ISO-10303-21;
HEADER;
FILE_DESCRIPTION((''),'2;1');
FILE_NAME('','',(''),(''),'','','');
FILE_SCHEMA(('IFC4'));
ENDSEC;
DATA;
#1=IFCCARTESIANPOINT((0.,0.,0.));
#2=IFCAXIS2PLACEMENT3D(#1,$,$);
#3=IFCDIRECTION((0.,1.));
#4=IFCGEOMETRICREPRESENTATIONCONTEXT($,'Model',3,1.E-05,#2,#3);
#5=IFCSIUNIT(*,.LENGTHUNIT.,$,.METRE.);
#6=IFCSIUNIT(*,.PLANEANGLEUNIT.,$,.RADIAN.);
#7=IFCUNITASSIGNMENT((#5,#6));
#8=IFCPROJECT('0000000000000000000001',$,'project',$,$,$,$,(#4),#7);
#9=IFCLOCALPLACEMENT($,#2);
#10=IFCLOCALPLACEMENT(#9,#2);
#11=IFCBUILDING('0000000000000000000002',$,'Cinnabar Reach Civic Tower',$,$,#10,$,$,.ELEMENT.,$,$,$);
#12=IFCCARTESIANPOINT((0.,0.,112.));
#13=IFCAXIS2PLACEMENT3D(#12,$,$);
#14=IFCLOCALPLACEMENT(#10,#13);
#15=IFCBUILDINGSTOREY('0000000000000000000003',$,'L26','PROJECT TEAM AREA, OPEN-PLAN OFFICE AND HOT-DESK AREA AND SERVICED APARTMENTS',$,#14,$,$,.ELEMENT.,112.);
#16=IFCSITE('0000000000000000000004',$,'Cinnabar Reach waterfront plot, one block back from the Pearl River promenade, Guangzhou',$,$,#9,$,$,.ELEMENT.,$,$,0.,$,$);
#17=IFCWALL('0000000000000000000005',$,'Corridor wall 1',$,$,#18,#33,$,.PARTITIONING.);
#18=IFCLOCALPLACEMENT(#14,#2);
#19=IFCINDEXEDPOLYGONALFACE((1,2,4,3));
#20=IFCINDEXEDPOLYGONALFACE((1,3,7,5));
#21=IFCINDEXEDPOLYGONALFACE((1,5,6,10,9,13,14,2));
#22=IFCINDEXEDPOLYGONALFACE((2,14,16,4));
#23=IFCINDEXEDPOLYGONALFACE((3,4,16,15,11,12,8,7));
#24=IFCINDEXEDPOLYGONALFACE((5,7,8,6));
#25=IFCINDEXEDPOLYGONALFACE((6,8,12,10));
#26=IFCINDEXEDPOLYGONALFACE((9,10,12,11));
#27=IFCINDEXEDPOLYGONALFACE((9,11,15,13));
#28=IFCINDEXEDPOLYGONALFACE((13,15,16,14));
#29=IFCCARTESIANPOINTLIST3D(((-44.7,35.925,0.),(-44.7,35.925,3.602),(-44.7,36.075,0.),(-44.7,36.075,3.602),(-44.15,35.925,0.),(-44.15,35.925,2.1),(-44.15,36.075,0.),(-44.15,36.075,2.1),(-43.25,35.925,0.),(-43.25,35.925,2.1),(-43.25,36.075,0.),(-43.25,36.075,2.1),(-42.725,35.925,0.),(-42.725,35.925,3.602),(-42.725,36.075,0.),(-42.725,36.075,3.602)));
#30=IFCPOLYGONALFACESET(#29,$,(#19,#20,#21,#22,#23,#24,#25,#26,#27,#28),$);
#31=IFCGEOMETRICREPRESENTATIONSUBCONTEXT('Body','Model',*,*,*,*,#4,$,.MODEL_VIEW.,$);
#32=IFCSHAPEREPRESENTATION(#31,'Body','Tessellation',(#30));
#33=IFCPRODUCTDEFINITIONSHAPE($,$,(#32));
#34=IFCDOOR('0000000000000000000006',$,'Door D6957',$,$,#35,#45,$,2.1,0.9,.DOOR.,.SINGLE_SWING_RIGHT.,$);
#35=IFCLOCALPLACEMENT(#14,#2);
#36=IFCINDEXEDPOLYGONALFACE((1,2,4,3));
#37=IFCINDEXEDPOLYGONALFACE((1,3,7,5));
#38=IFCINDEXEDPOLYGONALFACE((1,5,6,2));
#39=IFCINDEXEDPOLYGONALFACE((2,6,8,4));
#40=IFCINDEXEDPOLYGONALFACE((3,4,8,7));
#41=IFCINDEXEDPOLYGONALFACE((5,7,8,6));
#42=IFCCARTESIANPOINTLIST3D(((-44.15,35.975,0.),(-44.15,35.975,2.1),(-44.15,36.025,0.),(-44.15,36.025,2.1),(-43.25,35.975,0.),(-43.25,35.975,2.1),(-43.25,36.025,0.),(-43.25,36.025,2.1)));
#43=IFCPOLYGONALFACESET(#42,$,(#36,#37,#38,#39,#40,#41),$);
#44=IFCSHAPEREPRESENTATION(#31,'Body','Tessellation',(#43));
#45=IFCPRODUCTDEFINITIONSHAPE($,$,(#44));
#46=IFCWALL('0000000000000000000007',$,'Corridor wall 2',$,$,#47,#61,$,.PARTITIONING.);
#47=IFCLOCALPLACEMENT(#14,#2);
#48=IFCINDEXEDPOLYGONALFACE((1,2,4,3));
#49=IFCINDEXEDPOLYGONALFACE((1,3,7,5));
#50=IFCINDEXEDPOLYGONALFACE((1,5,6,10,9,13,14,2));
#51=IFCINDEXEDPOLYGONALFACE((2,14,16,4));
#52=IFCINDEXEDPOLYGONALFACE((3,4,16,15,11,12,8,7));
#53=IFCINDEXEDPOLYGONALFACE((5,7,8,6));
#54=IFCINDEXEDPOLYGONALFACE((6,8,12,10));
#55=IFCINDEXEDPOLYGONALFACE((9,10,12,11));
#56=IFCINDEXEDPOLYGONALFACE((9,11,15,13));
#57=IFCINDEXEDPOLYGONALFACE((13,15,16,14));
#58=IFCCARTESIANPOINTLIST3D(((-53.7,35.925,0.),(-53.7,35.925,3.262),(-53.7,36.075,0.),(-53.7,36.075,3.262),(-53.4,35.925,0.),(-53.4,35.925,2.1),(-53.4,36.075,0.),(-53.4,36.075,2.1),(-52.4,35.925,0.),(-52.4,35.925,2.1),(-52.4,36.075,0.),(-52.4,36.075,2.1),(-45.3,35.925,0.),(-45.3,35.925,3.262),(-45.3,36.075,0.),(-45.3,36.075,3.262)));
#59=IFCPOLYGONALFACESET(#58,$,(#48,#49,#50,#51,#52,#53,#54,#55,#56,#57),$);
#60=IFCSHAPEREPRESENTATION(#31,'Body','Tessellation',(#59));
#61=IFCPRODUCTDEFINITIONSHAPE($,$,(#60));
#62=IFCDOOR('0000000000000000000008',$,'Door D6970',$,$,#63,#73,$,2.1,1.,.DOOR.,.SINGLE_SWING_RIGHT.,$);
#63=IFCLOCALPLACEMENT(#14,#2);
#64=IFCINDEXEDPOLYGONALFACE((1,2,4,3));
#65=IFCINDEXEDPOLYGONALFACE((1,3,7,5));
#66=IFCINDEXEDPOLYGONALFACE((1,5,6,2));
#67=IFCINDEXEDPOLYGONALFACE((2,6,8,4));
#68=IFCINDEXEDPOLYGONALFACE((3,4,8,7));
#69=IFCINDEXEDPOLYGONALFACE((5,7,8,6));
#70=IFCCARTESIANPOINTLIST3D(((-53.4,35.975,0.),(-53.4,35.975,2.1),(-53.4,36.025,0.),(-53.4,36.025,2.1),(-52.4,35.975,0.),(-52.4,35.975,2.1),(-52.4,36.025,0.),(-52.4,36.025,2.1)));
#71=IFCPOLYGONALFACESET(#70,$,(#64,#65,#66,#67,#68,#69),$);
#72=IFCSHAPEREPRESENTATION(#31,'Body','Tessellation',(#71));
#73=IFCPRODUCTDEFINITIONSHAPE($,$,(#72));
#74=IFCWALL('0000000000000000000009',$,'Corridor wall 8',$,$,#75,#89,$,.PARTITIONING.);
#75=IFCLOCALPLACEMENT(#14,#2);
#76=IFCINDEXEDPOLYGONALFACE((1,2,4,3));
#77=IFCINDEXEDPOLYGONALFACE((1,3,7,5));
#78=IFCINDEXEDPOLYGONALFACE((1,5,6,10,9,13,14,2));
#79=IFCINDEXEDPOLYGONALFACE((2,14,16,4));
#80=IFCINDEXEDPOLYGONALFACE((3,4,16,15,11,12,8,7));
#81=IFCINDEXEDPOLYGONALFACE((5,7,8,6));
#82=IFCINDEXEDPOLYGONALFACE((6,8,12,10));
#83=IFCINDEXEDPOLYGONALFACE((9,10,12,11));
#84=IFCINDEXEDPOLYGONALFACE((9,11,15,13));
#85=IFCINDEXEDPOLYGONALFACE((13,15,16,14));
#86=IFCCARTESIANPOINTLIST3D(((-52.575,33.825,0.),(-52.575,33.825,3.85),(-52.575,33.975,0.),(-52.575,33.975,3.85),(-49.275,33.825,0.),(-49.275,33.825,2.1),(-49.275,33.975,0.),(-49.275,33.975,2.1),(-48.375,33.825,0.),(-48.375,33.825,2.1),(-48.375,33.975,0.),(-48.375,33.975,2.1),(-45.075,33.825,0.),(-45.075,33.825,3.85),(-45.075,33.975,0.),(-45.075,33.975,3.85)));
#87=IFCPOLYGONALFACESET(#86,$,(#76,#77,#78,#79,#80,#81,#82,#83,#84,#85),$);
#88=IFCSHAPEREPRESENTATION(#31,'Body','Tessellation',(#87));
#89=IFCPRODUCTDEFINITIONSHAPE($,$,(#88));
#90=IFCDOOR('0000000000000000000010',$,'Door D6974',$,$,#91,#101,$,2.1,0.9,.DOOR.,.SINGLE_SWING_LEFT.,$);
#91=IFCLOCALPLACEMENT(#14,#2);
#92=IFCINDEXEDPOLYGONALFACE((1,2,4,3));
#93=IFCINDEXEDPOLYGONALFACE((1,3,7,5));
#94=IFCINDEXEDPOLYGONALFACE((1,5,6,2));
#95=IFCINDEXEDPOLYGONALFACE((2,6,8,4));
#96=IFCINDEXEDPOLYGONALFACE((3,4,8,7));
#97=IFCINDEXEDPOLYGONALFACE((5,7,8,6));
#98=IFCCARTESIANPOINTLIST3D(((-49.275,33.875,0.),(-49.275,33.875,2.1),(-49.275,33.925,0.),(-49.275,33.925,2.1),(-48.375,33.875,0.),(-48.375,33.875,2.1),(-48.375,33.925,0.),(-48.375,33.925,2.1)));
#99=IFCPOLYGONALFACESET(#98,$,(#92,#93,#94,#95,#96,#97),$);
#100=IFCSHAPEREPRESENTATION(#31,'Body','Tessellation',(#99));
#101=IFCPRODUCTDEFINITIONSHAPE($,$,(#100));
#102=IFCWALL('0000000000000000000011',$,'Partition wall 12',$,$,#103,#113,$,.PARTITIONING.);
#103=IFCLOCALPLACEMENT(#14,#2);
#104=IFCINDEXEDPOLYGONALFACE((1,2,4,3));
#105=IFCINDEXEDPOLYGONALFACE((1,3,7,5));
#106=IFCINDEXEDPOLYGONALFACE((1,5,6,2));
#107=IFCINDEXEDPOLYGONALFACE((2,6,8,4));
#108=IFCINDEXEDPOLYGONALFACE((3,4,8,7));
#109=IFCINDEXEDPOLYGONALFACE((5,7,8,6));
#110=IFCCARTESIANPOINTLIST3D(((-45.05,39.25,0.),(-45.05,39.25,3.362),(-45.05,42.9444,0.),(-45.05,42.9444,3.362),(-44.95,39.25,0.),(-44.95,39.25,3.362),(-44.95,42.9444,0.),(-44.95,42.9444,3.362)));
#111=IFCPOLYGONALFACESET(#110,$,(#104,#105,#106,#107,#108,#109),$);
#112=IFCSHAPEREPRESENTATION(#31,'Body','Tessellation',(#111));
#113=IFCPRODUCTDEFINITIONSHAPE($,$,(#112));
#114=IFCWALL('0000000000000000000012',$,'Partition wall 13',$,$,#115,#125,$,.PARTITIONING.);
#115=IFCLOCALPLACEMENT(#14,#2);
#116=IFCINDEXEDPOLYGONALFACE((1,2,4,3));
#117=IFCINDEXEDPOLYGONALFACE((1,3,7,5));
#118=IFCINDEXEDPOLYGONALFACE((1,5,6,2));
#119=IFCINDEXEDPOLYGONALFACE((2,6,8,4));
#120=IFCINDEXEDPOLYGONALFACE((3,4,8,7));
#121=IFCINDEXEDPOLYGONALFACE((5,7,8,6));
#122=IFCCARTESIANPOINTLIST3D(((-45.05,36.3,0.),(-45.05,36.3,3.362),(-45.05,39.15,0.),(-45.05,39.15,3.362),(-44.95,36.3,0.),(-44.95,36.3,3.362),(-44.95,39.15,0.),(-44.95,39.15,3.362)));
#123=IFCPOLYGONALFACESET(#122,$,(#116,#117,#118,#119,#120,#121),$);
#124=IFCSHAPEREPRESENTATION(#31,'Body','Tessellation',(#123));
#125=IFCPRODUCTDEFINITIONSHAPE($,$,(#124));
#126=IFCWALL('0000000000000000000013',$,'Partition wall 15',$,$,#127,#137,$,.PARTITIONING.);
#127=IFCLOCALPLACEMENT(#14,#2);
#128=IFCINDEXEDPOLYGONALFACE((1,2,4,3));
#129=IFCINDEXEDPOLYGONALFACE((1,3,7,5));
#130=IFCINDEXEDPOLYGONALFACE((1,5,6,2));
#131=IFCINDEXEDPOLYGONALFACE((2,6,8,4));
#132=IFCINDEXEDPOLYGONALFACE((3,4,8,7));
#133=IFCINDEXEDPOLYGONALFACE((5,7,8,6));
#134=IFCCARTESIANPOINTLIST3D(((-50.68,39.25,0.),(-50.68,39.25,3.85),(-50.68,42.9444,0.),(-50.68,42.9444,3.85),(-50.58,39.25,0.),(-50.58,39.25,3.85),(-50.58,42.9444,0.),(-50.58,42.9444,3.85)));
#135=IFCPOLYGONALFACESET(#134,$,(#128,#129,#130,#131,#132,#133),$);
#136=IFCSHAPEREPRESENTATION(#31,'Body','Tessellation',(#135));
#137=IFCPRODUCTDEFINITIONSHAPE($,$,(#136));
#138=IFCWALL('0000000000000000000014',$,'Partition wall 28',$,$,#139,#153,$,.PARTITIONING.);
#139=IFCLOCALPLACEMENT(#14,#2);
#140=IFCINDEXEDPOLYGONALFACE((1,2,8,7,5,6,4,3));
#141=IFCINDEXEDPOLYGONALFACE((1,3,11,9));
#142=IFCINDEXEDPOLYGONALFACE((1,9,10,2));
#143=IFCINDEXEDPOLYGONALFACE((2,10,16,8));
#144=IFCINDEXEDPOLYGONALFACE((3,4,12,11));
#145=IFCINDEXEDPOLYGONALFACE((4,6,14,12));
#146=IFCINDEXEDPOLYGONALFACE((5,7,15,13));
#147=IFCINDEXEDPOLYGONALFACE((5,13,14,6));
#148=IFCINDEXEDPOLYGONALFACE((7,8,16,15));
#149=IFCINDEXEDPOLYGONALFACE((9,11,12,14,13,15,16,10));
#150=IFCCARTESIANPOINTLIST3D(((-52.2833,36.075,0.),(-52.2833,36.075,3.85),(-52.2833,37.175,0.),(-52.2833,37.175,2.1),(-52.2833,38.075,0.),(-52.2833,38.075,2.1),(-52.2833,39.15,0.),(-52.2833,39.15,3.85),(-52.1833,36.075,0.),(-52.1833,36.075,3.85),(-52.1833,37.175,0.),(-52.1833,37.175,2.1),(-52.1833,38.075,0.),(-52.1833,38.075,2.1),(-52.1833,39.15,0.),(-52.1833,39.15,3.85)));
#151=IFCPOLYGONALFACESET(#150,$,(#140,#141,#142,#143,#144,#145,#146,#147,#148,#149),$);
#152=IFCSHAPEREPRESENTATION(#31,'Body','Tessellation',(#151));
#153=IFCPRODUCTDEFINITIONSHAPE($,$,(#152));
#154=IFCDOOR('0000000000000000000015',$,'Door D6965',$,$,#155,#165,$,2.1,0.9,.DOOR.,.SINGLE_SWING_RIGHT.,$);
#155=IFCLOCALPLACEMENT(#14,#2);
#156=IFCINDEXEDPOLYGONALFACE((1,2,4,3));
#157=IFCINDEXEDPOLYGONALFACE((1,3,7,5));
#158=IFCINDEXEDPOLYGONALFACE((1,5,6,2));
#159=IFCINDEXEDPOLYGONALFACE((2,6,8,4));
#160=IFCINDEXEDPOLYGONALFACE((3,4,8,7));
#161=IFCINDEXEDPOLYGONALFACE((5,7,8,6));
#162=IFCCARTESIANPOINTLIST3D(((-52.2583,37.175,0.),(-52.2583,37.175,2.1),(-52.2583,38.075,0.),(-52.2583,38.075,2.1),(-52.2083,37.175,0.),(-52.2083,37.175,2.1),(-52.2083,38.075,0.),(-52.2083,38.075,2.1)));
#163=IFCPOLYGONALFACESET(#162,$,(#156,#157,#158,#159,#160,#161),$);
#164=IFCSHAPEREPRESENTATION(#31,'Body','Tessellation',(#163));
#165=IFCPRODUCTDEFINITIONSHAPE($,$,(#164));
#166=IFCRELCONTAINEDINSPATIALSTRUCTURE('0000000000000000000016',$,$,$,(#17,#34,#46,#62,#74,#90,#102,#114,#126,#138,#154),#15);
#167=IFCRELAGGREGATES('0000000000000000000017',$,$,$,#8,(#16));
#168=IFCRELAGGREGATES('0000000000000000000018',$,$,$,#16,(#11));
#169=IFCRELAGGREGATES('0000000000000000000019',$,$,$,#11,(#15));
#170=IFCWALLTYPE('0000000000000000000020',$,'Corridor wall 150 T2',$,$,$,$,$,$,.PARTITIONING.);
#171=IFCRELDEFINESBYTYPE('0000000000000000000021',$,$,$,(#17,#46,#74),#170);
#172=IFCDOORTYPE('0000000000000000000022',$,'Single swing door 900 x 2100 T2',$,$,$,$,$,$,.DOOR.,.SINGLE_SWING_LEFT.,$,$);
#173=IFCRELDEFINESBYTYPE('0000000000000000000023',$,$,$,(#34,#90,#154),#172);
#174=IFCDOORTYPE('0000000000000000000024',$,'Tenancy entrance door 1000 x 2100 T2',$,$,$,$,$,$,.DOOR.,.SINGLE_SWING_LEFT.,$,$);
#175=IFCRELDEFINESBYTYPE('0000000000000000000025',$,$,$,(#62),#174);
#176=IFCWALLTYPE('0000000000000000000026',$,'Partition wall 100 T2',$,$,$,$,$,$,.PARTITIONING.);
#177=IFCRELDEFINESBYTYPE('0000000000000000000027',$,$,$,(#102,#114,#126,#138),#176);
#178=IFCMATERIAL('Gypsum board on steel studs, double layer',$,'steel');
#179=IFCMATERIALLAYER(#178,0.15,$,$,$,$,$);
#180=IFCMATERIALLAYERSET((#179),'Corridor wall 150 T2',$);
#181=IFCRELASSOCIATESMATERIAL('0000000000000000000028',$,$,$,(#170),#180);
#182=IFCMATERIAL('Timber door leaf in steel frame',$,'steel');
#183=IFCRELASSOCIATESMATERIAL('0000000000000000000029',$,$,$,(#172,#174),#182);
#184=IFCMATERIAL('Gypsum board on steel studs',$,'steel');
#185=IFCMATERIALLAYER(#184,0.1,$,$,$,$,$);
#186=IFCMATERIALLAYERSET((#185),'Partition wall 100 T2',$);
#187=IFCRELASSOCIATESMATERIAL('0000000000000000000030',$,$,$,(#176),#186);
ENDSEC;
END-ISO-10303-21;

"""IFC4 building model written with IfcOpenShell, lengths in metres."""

from ifc_helpers import new_model, si_unit, direction, frame, frame_2d, origin, place, context, subcontext, project, spatial, rectangle, extrude, material, layer, layer_set, type_object, element, fill, save


model = new_model("IFC4")

# Units and contexts
model_context = context("Model", 3, precision=1e-05, world=origin(), true_north=direction((0.0, 1.0)))
body_context = subcontext(model_context, "Body", "Model", "MODEL_VIEW")
ifc_project = project(units=[si_unit("LENGTHUNIT", "METRE"), si_unit("PLANEANGLEUNIT", "RADIAN")], contexts=[model_context])

# Site, building, storey
site_placement = place(None, origin())
site = spatial("IfcSite", under=ifc_project, at=site_placement, Name="Cinnabar Reach waterfront plot, one block back from the Pearl River promenade, Guangzhou", CompositionType="ELEMENT", RefElevation=0.0)
building_placement = place(site_placement, origin())
building = spatial("IfcBuilding", under=site, at=building_placement, Name="Cinnabar Reach Civic Tower", CompositionType="ELEMENT")
storey_placement = place(building_placement, frame((0.0, 0.0, 112.0)))
storey = spatial("IfcBuildingStorey", under=building, at=storey_placement, Name="L26", Description="PROJECT TEAM AREA, OPEN-PLAN OFFICE AND HOT-DESK AREA AND SERVICED APARTMENTS", CompositionType="ELEMENT", Elevation=112.0)

# Walls, openings, doors
ifc_material_1 = material(Name="Gypsum board on steel studs, double layer", Category="steel")
ifc_layer_1 = layer(ifc_material_1, 0.15)
ifc_layer_set_1 = layer_set([ifc_layer_1], Name="Corridor wall 150 T2")
wall_type_1 = type_object("IfcWallType", Name="Corridor wall 150 T2", PredefinedType="PARTITIONING", material=ifc_layer_set_1)
wall_1_placement = place(storey_placement, frame((-44.7, 36.0, 0.0), z_axis=(0.0, 0.0, 1.0), x_axis=(1.0, 0.0, 0.0)))
wall_1 = element("IfcWall", 1, at=wall_1_placement, inside=storey, type_object=wall_type_1, Name="Corridor wall 1", PredefinedType="PARTITIONING", context=body_context, shape_type="SweptSolid", body=[
    extrude(rectangle(XDim=1.975, YDim=0.15, at=frame_2d((0.9875, 0.0))), origin(), (0.0, 0.0, 1.0), 3.602),
])
opening_1_placement = place(wall_1_placement, frame((0.55, 0.0, 0.0)))
opening_1 = element("IfcOpeningElement", 2, at=opening_1_placement, cuts=wall_1, PredefinedType="OPENING", context=body_context, shape_type="SweptSolid", body=[
    extrude(rectangle(XDim=0.9, YDim=2.1, at=frame_2d((0.45, 1.05))), frame((0.0, 0.085, 0.0), z_axis=(0.0, -1.0, 0.0), x_axis=(1.0, 0.0, 0.0)), (0.0, 0.0, 1.0), 0.17),
])
ifc_material_2 = material(Name="Timber door leaf in steel frame", Category="steel")
door_type_1 = type_object("IfcDoorType", Name="Single swing door 900 x 2100 T2", OperationType="SINGLE_SWING_LEFT", PredefinedType="DOOR", material=ifc_material_2)
door_1_placement = place(opening_1_placement, origin())
door_1 = element("IfcDoor", 3, at=door_1_placement, inside=storey, type_object=door_type_1, Name="Door D6957", OperationType="SINGLE_SWING_RIGHT", OverallHeight=2.1, OverallWidth=0.9, PredefinedType="DOOR", context=body_context, shape_type="SweptSolid", body=[
    extrude(rectangle(XDim=0.9, YDim=2.1, at=frame_2d((0.45, 1.05))), frame((0.0, 0.025, 0.0), z_axis=(0.0, -1.0, 0.0), x_axis=(1.0, 0.0, 0.0)), (0.0, 0.0, 1.0), 0.05),
])
fill(opening_1, door_1)
wall_2_placement = place(storey_placement, frame((-53.7, 36.0, 0.0), z_axis=(0.0, 0.0, 1.0), x_axis=(1.0, 0.0, 0.0)))
wall_2 = element("IfcWall", 4, at=wall_2_placement, inside=storey, type_object=wall_type_1, Name="Corridor wall 2", PredefinedType="PARTITIONING", context=body_context, shape_type="SweptSolid", body=[
    extrude(rectangle(XDim=8.4, YDim=0.15, at=frame_2d((4.2, 0.0))), origin(), (0.0, 0.0, 1.0), 3.262),
])
opening_2_placement = place(wall_2_placement, frame((0.3, 0.0, 0.0)))
opening_2 = element("IfcOpeningElement", 5, at=opening_2_placement, cuts=wall_2, PredefinedType="OPENING", context=body_context, shape_type="SweptSolid", body=[
    extrude(rectangle(XDim=1.0, YDim=2.1, at=frame_2d((0.5, 1.05))), frame((0.0, 0.085, 0.0), z_axis=(0.0, -1.0, 0.0), x_axis=(1.0, 0.0, 0.0)), (0.0, 0.0, 1.0), 0.17),
])
door_type_2 = type_object("IfcDoorType", Name="Tenancy entrance door 1000 x 2100 T2", OperationType="SINGLE_SWING_LEFT", PredefinedType="DOOR", material=ifc_material_2)
door_2_placement = place(opening_2_placement, origin())
door_2 = element("IfcDoor", 6, at=door_2_placement, inside=storey, type_object=door_type_2, Name="Door D6970", OperationType="SINGLE_SWING_RIGHT", OverallHeight=2.1, OverallWidth=1.0, PredefinedType="DOOR", context=body_context, shape_type="SweptSolid", body=[
    extrude(rectangle(XDim=1.0, YDim=2.1, at=frame_2d((0.5, 1.05))), frame((0.0, 0.025, 0.0), z_axis=(0.0, -1.0, 0.0), x_axis=(1.0, 0.0, 0.0)), (0.0, 0.0, 1.0), 0.05),
])
fill(opening_2, door_2)
wall_3_placement = place(storey_placement, frame((-52.575, 33.9, 0.0), z_axis=(0.0, 0.0, 1.0), x_axis=(1.0, 0.0, 0.0)))
wall_3 = element("IfcWall", 7, at=wall_3_placement, inside=storey, type_object=wall_type_1, Name="Corridor wall 8", PredefinedType="PARTITIONING", context=body_context, shape_type="SweptSolid", body=[
    extrude(rectangle(XDim=7.5, YDim=0.15, at=frame_2d((3.75, 0.0))), origin(), (0.0, 0.0, 1.0), 3.85),
])
opening_3_placement = place(wall_3_placement, frame((3.3, 0.0, 0.0)))
opening_3 = element("IfcOpeningElement", 8, at=opening_3_placement, cuts=wall_3, PredefinedType="OPENING", context=body_context, shape_type="SweptSolid", body=[
    extrude(rectangle(XDim=0.9, YDim=2.1, at=frame_2d((0.45, 1.05))), frame((0.0, 0.085, 0.0), z_axis=(0.0, -1.0, 0.0), x_axis=(1.0, 0.0, 0.0)), (0.0, 0.0, 1.0), 0.17),
])
door_3_placement = place(opening_3_placement, frame((0.9, 0.0, 0.0), z_axis=(0.0, 0.0, 1.0), x_axis=(-1.0, 0.0, 0.0)))
door_3 = element("IfcDoor", 9, at=door_3_placement, inside=storey, type_object=door_type_1, Name="Door D6974", OperationType="SINGLE_SWING_LEFT", OverallHeight=2.1, OverallWidth=0.9, PredefinedType="DOOR", context=body_context, shape_type="SweptSolid", body=[
    extrude(rectangle(XDim=0.9, YDim=2.1, at=frame_2d((0.45, 1.05))), frame((0.0, 0.025, 0.0), z_axis=(0.0, -1.0, 0.0), x_axis=(1.0, 0.0, 0.0)), (0.0, 0.0, 1.0), 0.05),
])
fill(opening_3, door_3)

# Walls
ifc_material_3 = material(Name="Gypsum board on steel studs", Category="steel")
ifc_layer_2 = layer(ifc_material_3, 0.1)
ifc_layer_set_2 = layer_set([ifc_layer_2], Name="Partition wall 100 T2")
wall_type_2 = type_object("IfcWallType", Name="Partition wall 100 T2", PredefinedType="PARTITIONING", material=ifc_layer_set_2)
wall_4_placement = place(storey_placement, frame((-45.0, 39.25, 0.0), z_axis=(0.0, 0.0, 1.0), x_axis=(0.0, 1.0, 0.0)))
element("IfcWall", 10, at=wall_4_placement, inside=storey, type_object=wall_type_2, Name="Partition wall 12", PredefinedType="PARTITIONING", context=body_context, shape_type="SweptSolid", body=[
    extrude(rectangle(XDim=3.6944, YDim=0.1, at=frame_2d((1.8472, 0.0))), origin(), (0.0, 0.0, 1.0), 3.362),
])
wall_5_placement = place(storey_placement, frame((-45.0, 36.3, 0.0), z_axis=(0.0, 0.0, 1.0), x_axis=(0.0, 1.0, 0.0)))
element("IfcWall", 11, at=wall_5_placement, inside=storey, type_object=wall_type_2, Name="Partition wall 13", PredefinedType="PARTITIONING", context=body_context, shape_type="SweptSolid", body=[
    extrude(rectangle(XDim=2.85, YDim=0.1, at=frame_2d((1.425, 0.0))), origin(), (0.0, 0.0, 1.0), 3.362),
])
wall_6_placement = place(storey_placement, frame((-50.63, 39.25, 0.0), z_axis=(0.0, 0.0, 1.0), x_axis=(0.0, 1.0, 0.0)))
element("IfcWall", 12, at=wall_6_placement, inside=storey, type_object=wall_type_2, Name="Partition wall 15", PredefinedType="PARTITIONING", context=body_context, shape_type="SweptSolid", body=[
    extrude(rectangle(XDim=3.6944, YDim=0.1, at=frame_2d((1.8472, 0.0))), origin(), (0.0, 0.0, 1.0), 3.85),
])

# Wall, opening, door
wall_7_placement = place(storey_placement, frame((-52.2333, 36.075, 0.0), z_axis=(0.0, 0.0, 1.0), x_axis=(0.0, 1.0, 0.0)))
wall_7 = element("IfcWall", 13, at=wall_7_placement, inside=storey, type_object=wall_type_2, Name="Partition wall 28", PredefinedType="PARTITIONING", context=body_context, shape_type="SweptSolid", body=[
    extrude(rectangle(XDim=3.075, YDim=0.1, at=frame_2d((1.5375, 0.0))), origin(), (0.0, 0.0, 1.0), 3.85),
])
opening_4_placement = place(wall_7_placement, frame((1.1, 0.0, 0.0)))
opening_4 = element("IfcOpeningElement", 14, at=opening_4_placement, cuts=wall_7, PredefinedType="OPENING", context=body_context, shape_type="SweptSolid", body=[
    extrude(rectangle(XDim=0.9, YDim=2.1, at=frame_2d((0.45, 1.05))), frame((0.0, 0.06, 0.0), z_axis=(0.0, -1.0, 0.0), x_axis=(1.0, 0.0, 0.0)), (0.0, 0.0, 1.0), 0.12),
])
door_4_placement = place(opening_4_placement, origin())
door_4 = element("IfcDoor", 15, at=door_4_placement, inside=storey, type_object=door_type_1, Name="Door D6965", OperationType="SINGLE_SWING_RIGHT", OverallHeight=2.1, OverallWidth=0.9, PredefinedType="DOOR", context=body_context, shape_type="SweptSolid", body=[
    extrude(rectangle(XDim=0.9, YDim=2.1, at=frame_2d((0.45, 1.05))), frame((0.0, 0.025, 0.0), z_axis=(0.0, -1.0, 0.0), x_axis=(1.0, 0.0, 0.0)), (0.0, 0.0, 1.0), 0.05),
])
fill(opening_4, door_4)

save(model, "model.ifc")
